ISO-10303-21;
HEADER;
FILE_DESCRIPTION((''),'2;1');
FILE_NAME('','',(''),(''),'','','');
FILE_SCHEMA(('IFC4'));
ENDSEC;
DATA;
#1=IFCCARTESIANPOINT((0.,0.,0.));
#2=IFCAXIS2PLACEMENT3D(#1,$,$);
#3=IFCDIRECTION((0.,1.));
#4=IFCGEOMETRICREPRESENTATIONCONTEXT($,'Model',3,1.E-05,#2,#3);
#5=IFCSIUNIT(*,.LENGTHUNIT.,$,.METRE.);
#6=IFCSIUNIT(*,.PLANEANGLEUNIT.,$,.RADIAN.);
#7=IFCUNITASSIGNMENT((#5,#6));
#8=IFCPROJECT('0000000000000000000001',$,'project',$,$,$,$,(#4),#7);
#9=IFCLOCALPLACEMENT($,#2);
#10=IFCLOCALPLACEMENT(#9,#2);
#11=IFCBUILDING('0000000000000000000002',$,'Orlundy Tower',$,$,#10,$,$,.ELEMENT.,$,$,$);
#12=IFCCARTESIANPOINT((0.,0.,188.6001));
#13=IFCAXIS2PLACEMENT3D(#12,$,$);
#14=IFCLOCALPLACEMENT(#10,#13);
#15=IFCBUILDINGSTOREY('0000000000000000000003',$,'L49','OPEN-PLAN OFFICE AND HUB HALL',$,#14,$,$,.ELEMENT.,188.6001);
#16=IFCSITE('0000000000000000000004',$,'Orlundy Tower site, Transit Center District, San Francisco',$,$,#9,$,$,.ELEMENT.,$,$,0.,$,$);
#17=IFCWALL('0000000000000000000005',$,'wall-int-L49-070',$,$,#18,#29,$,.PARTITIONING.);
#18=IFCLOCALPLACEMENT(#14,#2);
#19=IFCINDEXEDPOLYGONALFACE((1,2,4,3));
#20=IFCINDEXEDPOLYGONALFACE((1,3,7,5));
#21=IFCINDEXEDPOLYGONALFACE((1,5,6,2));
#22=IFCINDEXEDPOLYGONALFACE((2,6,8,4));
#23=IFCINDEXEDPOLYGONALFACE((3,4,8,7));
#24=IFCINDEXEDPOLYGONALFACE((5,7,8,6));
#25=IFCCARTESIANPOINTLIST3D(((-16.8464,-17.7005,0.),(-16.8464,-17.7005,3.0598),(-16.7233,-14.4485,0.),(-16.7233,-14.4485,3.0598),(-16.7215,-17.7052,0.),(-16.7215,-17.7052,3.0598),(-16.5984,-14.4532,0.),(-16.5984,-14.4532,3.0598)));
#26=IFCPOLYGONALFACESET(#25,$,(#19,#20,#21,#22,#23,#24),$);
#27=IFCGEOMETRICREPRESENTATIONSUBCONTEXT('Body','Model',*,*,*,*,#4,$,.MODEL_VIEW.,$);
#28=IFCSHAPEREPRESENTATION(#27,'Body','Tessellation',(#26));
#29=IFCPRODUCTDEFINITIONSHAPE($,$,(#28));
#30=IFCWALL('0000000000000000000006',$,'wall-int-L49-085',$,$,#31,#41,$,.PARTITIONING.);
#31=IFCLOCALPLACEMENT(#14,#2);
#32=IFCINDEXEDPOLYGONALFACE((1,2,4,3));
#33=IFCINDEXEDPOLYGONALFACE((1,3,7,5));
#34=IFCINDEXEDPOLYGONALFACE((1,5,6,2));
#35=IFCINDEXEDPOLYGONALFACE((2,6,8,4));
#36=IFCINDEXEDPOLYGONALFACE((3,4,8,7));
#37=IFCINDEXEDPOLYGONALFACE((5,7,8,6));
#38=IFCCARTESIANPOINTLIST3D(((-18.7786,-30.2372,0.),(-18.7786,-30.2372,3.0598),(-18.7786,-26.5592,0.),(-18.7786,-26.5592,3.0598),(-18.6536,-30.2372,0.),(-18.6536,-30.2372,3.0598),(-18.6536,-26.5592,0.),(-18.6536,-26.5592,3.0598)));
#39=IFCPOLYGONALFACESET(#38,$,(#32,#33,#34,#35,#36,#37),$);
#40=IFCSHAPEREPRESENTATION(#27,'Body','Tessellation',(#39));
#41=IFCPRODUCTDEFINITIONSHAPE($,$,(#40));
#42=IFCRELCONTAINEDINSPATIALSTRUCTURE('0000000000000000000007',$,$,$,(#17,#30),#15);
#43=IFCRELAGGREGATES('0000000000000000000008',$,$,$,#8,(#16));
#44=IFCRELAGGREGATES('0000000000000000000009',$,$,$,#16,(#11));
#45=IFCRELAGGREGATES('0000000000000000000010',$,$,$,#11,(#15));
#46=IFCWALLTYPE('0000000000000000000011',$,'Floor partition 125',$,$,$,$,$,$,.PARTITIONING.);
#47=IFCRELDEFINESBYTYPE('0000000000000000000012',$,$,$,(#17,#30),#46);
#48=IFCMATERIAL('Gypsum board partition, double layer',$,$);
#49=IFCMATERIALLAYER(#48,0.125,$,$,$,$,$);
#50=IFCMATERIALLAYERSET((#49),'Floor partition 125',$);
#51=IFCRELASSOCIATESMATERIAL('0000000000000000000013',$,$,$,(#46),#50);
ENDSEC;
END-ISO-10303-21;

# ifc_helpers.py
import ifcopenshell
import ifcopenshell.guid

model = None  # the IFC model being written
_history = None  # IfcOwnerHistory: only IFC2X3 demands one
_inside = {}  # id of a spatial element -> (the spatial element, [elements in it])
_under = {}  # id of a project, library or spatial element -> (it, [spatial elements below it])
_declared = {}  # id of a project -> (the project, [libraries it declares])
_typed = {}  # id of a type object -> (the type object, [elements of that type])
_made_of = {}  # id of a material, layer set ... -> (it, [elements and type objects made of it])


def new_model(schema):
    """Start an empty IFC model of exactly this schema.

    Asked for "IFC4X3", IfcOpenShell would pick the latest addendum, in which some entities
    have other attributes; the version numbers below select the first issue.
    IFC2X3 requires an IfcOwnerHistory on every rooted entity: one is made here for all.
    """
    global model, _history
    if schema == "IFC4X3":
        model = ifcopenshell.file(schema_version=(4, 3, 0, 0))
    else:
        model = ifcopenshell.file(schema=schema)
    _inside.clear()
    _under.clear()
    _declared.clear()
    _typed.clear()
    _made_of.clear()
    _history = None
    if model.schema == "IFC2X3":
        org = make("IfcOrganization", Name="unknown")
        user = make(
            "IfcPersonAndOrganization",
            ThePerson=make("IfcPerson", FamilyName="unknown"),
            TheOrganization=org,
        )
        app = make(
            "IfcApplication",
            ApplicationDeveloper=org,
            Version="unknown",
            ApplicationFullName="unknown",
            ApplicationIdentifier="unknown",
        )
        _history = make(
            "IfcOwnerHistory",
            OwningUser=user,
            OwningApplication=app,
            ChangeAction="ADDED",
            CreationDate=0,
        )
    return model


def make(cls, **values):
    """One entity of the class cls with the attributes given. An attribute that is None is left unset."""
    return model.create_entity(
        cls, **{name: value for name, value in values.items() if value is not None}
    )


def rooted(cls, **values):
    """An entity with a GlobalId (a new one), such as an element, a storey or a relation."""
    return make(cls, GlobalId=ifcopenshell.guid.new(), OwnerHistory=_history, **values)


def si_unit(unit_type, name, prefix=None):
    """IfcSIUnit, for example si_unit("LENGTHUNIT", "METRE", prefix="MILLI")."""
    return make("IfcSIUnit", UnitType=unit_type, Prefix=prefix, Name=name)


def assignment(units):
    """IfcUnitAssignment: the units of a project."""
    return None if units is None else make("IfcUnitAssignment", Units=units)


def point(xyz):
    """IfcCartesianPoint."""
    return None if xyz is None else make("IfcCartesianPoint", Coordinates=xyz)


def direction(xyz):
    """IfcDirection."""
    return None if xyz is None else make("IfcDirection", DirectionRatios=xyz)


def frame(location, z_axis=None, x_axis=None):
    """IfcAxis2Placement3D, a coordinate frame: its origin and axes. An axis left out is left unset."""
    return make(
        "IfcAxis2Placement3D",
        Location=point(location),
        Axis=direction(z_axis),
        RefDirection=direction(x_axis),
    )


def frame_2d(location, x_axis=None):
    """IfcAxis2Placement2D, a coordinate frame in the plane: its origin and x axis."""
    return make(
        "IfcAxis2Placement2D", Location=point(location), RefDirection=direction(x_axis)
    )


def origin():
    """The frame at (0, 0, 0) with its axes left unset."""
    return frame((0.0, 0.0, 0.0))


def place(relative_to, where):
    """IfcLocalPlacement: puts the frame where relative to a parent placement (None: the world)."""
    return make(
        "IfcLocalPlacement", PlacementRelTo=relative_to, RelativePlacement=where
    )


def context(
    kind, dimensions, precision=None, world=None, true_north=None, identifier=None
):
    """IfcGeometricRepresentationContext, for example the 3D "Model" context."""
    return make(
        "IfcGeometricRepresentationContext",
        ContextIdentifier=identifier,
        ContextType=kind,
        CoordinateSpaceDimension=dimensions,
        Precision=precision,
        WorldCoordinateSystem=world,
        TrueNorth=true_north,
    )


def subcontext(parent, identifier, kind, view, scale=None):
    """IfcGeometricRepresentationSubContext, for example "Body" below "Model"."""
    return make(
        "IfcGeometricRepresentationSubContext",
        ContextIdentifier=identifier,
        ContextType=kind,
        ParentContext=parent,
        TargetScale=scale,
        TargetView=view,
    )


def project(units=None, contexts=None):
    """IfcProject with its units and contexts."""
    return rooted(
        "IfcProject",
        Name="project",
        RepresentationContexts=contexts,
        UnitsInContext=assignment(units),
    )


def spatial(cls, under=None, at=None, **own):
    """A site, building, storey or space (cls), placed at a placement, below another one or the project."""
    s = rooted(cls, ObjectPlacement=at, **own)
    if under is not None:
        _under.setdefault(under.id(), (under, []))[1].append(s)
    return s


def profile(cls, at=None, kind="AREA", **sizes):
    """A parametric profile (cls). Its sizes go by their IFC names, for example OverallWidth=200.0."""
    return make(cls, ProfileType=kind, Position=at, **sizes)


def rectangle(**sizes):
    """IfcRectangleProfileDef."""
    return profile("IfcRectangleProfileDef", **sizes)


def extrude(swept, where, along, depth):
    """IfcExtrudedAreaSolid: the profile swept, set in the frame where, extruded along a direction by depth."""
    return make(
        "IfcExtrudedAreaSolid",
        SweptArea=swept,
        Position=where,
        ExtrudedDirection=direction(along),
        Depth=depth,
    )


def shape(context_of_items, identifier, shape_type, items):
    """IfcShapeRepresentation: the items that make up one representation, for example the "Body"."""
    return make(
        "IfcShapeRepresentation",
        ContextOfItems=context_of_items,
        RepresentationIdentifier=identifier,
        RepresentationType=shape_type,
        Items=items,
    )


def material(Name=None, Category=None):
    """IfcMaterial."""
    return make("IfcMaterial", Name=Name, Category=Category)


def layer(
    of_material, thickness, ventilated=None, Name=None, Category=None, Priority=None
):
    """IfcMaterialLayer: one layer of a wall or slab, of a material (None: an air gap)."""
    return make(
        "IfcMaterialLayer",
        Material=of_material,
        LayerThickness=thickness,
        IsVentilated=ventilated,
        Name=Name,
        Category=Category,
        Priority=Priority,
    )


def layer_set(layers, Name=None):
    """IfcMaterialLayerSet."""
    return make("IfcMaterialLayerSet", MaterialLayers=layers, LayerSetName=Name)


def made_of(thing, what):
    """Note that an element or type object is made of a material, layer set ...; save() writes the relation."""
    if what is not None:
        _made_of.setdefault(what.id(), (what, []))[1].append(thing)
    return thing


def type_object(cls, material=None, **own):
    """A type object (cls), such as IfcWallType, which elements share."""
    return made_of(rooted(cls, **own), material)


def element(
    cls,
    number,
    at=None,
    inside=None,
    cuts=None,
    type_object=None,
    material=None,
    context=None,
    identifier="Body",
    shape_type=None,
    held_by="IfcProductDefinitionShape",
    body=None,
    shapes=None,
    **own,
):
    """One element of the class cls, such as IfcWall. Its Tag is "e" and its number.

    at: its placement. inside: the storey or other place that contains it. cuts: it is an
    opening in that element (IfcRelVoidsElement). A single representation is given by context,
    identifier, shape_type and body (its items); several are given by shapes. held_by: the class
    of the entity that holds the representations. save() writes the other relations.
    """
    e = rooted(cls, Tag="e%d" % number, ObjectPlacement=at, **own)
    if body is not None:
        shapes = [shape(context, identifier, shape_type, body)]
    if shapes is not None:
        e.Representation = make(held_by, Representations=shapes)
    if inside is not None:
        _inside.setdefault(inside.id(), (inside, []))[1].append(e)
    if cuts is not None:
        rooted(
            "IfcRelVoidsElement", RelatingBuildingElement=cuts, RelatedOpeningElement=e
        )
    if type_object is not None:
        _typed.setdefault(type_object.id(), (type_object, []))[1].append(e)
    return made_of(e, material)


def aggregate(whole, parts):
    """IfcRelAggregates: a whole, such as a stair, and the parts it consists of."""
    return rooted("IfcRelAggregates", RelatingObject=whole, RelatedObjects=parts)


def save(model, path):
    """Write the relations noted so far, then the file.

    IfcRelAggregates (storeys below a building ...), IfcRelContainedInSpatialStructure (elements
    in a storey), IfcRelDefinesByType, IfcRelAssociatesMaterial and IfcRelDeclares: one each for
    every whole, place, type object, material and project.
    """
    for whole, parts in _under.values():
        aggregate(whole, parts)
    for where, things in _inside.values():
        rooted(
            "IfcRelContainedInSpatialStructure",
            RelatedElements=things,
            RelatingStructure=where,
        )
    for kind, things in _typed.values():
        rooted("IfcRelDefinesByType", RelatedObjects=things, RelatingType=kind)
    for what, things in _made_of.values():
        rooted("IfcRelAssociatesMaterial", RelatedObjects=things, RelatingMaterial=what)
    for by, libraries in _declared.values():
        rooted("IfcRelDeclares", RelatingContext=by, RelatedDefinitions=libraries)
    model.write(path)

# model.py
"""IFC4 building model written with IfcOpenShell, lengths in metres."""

from ifc_helpers import new_model, si_unit, direction, frame, frame_2d, origin, place, context, subcontext, project, spatial, rectangle, extrude, material, layer, layer_set, type_object, element, save


model = new_model("IFC4")

# Units and contexts
model_context = context("Model", 3, precision=1e-05, world=origin(), true_north=direction((0.0, 1.0)))
body_context = subcontext(model_context, "Body", "Model", "MODEL_VIEW")
ifc_project = project(units=[si_unit("LENGTHUNIT", "METRE"), si_unit("PLANEANGLEUNIT", "RADIAN")], contexts=[model_context])

# Site, building, storey
site_placement = place(None, origin())
site = spatial("IfcSite", under=ifc_project, at=site_placement, Name="Orlundy Tower site, Transit Center District, San Francisco", CompositionType="ELEMENT", RefElevation=0.0)
building_placement = place(site_placement, origin())
building = spatial("IfcBuilding", under=site, at=building_placement, Name="Orlundy Tower", CompositionType="ELEMENT")
storey_placement = place(building_placement, frame((0.0, 0.0, 188.6001)))
storey = spatial("IfcBuildingStorey", under=building, at=storey_placement, Name="L49", Description="OPEN-PLAN OFFICE AND HUB HALL", CompositionType="ELEMENT", Elevation=188.6001)

# Shared definitions
ifc_material_1 = material(Name="Gypsum board partition, double layer")
ifc_layer_1 = layer(ifc_material_1, 0.125)
ifc_layer_set_1 = layer_set([ifc_layer_1], Name="Floor partition 125")
wall_type_1 = type_object("IfcWallType", Name="Floor partition 125", PredefinedType="PARTITIONING", material=ifc_layer_set_1)

# Walls
wall_1_placement = place(storey_placement, frame((-16.7839, -17.7029, 0.0), z_axis=(0.0, 0.0, 1.0), x_axis=(0.037811, 0.999285, 0.0)))
element("IfcWall", 1, at=wall_1_placement, inside=storey, type_object=wall_type_1, Name="wall-int-L49-070", PredefinedType="PARTITIONING", context=body_context, shape_type="SweptSolid", body=[
    extrude(rectangle(XDim=3.2544, YDim=0.125, at=frame_2d((1.6272, 0.0))), origin(), (0.0, 0.0, 1.0), 3.0598),
])
wall_2_placement = place(storey_placement, frame((-18.7161, -30.2371, 0.0), z_axis=(0.0, 0.0, 1.0), x_axis=(0.0, 1.0, 0.0)))
element("IfcWall", 2, at=wall_2_placement, inside=storey, type_object=wall_type_1, Name="wall-int-L49-085", PredefinedType="PARTITIONING", context=body_context, shape_type="SweptSolid", body=[
    extrude(rectangle(XDim=3.678, YDim=0.125, at=frame_2d((1.8389, 0.0))), origin(), (0.0, 0.0, 1.0), 3.0598),
])

save(model, "model.ifc")
